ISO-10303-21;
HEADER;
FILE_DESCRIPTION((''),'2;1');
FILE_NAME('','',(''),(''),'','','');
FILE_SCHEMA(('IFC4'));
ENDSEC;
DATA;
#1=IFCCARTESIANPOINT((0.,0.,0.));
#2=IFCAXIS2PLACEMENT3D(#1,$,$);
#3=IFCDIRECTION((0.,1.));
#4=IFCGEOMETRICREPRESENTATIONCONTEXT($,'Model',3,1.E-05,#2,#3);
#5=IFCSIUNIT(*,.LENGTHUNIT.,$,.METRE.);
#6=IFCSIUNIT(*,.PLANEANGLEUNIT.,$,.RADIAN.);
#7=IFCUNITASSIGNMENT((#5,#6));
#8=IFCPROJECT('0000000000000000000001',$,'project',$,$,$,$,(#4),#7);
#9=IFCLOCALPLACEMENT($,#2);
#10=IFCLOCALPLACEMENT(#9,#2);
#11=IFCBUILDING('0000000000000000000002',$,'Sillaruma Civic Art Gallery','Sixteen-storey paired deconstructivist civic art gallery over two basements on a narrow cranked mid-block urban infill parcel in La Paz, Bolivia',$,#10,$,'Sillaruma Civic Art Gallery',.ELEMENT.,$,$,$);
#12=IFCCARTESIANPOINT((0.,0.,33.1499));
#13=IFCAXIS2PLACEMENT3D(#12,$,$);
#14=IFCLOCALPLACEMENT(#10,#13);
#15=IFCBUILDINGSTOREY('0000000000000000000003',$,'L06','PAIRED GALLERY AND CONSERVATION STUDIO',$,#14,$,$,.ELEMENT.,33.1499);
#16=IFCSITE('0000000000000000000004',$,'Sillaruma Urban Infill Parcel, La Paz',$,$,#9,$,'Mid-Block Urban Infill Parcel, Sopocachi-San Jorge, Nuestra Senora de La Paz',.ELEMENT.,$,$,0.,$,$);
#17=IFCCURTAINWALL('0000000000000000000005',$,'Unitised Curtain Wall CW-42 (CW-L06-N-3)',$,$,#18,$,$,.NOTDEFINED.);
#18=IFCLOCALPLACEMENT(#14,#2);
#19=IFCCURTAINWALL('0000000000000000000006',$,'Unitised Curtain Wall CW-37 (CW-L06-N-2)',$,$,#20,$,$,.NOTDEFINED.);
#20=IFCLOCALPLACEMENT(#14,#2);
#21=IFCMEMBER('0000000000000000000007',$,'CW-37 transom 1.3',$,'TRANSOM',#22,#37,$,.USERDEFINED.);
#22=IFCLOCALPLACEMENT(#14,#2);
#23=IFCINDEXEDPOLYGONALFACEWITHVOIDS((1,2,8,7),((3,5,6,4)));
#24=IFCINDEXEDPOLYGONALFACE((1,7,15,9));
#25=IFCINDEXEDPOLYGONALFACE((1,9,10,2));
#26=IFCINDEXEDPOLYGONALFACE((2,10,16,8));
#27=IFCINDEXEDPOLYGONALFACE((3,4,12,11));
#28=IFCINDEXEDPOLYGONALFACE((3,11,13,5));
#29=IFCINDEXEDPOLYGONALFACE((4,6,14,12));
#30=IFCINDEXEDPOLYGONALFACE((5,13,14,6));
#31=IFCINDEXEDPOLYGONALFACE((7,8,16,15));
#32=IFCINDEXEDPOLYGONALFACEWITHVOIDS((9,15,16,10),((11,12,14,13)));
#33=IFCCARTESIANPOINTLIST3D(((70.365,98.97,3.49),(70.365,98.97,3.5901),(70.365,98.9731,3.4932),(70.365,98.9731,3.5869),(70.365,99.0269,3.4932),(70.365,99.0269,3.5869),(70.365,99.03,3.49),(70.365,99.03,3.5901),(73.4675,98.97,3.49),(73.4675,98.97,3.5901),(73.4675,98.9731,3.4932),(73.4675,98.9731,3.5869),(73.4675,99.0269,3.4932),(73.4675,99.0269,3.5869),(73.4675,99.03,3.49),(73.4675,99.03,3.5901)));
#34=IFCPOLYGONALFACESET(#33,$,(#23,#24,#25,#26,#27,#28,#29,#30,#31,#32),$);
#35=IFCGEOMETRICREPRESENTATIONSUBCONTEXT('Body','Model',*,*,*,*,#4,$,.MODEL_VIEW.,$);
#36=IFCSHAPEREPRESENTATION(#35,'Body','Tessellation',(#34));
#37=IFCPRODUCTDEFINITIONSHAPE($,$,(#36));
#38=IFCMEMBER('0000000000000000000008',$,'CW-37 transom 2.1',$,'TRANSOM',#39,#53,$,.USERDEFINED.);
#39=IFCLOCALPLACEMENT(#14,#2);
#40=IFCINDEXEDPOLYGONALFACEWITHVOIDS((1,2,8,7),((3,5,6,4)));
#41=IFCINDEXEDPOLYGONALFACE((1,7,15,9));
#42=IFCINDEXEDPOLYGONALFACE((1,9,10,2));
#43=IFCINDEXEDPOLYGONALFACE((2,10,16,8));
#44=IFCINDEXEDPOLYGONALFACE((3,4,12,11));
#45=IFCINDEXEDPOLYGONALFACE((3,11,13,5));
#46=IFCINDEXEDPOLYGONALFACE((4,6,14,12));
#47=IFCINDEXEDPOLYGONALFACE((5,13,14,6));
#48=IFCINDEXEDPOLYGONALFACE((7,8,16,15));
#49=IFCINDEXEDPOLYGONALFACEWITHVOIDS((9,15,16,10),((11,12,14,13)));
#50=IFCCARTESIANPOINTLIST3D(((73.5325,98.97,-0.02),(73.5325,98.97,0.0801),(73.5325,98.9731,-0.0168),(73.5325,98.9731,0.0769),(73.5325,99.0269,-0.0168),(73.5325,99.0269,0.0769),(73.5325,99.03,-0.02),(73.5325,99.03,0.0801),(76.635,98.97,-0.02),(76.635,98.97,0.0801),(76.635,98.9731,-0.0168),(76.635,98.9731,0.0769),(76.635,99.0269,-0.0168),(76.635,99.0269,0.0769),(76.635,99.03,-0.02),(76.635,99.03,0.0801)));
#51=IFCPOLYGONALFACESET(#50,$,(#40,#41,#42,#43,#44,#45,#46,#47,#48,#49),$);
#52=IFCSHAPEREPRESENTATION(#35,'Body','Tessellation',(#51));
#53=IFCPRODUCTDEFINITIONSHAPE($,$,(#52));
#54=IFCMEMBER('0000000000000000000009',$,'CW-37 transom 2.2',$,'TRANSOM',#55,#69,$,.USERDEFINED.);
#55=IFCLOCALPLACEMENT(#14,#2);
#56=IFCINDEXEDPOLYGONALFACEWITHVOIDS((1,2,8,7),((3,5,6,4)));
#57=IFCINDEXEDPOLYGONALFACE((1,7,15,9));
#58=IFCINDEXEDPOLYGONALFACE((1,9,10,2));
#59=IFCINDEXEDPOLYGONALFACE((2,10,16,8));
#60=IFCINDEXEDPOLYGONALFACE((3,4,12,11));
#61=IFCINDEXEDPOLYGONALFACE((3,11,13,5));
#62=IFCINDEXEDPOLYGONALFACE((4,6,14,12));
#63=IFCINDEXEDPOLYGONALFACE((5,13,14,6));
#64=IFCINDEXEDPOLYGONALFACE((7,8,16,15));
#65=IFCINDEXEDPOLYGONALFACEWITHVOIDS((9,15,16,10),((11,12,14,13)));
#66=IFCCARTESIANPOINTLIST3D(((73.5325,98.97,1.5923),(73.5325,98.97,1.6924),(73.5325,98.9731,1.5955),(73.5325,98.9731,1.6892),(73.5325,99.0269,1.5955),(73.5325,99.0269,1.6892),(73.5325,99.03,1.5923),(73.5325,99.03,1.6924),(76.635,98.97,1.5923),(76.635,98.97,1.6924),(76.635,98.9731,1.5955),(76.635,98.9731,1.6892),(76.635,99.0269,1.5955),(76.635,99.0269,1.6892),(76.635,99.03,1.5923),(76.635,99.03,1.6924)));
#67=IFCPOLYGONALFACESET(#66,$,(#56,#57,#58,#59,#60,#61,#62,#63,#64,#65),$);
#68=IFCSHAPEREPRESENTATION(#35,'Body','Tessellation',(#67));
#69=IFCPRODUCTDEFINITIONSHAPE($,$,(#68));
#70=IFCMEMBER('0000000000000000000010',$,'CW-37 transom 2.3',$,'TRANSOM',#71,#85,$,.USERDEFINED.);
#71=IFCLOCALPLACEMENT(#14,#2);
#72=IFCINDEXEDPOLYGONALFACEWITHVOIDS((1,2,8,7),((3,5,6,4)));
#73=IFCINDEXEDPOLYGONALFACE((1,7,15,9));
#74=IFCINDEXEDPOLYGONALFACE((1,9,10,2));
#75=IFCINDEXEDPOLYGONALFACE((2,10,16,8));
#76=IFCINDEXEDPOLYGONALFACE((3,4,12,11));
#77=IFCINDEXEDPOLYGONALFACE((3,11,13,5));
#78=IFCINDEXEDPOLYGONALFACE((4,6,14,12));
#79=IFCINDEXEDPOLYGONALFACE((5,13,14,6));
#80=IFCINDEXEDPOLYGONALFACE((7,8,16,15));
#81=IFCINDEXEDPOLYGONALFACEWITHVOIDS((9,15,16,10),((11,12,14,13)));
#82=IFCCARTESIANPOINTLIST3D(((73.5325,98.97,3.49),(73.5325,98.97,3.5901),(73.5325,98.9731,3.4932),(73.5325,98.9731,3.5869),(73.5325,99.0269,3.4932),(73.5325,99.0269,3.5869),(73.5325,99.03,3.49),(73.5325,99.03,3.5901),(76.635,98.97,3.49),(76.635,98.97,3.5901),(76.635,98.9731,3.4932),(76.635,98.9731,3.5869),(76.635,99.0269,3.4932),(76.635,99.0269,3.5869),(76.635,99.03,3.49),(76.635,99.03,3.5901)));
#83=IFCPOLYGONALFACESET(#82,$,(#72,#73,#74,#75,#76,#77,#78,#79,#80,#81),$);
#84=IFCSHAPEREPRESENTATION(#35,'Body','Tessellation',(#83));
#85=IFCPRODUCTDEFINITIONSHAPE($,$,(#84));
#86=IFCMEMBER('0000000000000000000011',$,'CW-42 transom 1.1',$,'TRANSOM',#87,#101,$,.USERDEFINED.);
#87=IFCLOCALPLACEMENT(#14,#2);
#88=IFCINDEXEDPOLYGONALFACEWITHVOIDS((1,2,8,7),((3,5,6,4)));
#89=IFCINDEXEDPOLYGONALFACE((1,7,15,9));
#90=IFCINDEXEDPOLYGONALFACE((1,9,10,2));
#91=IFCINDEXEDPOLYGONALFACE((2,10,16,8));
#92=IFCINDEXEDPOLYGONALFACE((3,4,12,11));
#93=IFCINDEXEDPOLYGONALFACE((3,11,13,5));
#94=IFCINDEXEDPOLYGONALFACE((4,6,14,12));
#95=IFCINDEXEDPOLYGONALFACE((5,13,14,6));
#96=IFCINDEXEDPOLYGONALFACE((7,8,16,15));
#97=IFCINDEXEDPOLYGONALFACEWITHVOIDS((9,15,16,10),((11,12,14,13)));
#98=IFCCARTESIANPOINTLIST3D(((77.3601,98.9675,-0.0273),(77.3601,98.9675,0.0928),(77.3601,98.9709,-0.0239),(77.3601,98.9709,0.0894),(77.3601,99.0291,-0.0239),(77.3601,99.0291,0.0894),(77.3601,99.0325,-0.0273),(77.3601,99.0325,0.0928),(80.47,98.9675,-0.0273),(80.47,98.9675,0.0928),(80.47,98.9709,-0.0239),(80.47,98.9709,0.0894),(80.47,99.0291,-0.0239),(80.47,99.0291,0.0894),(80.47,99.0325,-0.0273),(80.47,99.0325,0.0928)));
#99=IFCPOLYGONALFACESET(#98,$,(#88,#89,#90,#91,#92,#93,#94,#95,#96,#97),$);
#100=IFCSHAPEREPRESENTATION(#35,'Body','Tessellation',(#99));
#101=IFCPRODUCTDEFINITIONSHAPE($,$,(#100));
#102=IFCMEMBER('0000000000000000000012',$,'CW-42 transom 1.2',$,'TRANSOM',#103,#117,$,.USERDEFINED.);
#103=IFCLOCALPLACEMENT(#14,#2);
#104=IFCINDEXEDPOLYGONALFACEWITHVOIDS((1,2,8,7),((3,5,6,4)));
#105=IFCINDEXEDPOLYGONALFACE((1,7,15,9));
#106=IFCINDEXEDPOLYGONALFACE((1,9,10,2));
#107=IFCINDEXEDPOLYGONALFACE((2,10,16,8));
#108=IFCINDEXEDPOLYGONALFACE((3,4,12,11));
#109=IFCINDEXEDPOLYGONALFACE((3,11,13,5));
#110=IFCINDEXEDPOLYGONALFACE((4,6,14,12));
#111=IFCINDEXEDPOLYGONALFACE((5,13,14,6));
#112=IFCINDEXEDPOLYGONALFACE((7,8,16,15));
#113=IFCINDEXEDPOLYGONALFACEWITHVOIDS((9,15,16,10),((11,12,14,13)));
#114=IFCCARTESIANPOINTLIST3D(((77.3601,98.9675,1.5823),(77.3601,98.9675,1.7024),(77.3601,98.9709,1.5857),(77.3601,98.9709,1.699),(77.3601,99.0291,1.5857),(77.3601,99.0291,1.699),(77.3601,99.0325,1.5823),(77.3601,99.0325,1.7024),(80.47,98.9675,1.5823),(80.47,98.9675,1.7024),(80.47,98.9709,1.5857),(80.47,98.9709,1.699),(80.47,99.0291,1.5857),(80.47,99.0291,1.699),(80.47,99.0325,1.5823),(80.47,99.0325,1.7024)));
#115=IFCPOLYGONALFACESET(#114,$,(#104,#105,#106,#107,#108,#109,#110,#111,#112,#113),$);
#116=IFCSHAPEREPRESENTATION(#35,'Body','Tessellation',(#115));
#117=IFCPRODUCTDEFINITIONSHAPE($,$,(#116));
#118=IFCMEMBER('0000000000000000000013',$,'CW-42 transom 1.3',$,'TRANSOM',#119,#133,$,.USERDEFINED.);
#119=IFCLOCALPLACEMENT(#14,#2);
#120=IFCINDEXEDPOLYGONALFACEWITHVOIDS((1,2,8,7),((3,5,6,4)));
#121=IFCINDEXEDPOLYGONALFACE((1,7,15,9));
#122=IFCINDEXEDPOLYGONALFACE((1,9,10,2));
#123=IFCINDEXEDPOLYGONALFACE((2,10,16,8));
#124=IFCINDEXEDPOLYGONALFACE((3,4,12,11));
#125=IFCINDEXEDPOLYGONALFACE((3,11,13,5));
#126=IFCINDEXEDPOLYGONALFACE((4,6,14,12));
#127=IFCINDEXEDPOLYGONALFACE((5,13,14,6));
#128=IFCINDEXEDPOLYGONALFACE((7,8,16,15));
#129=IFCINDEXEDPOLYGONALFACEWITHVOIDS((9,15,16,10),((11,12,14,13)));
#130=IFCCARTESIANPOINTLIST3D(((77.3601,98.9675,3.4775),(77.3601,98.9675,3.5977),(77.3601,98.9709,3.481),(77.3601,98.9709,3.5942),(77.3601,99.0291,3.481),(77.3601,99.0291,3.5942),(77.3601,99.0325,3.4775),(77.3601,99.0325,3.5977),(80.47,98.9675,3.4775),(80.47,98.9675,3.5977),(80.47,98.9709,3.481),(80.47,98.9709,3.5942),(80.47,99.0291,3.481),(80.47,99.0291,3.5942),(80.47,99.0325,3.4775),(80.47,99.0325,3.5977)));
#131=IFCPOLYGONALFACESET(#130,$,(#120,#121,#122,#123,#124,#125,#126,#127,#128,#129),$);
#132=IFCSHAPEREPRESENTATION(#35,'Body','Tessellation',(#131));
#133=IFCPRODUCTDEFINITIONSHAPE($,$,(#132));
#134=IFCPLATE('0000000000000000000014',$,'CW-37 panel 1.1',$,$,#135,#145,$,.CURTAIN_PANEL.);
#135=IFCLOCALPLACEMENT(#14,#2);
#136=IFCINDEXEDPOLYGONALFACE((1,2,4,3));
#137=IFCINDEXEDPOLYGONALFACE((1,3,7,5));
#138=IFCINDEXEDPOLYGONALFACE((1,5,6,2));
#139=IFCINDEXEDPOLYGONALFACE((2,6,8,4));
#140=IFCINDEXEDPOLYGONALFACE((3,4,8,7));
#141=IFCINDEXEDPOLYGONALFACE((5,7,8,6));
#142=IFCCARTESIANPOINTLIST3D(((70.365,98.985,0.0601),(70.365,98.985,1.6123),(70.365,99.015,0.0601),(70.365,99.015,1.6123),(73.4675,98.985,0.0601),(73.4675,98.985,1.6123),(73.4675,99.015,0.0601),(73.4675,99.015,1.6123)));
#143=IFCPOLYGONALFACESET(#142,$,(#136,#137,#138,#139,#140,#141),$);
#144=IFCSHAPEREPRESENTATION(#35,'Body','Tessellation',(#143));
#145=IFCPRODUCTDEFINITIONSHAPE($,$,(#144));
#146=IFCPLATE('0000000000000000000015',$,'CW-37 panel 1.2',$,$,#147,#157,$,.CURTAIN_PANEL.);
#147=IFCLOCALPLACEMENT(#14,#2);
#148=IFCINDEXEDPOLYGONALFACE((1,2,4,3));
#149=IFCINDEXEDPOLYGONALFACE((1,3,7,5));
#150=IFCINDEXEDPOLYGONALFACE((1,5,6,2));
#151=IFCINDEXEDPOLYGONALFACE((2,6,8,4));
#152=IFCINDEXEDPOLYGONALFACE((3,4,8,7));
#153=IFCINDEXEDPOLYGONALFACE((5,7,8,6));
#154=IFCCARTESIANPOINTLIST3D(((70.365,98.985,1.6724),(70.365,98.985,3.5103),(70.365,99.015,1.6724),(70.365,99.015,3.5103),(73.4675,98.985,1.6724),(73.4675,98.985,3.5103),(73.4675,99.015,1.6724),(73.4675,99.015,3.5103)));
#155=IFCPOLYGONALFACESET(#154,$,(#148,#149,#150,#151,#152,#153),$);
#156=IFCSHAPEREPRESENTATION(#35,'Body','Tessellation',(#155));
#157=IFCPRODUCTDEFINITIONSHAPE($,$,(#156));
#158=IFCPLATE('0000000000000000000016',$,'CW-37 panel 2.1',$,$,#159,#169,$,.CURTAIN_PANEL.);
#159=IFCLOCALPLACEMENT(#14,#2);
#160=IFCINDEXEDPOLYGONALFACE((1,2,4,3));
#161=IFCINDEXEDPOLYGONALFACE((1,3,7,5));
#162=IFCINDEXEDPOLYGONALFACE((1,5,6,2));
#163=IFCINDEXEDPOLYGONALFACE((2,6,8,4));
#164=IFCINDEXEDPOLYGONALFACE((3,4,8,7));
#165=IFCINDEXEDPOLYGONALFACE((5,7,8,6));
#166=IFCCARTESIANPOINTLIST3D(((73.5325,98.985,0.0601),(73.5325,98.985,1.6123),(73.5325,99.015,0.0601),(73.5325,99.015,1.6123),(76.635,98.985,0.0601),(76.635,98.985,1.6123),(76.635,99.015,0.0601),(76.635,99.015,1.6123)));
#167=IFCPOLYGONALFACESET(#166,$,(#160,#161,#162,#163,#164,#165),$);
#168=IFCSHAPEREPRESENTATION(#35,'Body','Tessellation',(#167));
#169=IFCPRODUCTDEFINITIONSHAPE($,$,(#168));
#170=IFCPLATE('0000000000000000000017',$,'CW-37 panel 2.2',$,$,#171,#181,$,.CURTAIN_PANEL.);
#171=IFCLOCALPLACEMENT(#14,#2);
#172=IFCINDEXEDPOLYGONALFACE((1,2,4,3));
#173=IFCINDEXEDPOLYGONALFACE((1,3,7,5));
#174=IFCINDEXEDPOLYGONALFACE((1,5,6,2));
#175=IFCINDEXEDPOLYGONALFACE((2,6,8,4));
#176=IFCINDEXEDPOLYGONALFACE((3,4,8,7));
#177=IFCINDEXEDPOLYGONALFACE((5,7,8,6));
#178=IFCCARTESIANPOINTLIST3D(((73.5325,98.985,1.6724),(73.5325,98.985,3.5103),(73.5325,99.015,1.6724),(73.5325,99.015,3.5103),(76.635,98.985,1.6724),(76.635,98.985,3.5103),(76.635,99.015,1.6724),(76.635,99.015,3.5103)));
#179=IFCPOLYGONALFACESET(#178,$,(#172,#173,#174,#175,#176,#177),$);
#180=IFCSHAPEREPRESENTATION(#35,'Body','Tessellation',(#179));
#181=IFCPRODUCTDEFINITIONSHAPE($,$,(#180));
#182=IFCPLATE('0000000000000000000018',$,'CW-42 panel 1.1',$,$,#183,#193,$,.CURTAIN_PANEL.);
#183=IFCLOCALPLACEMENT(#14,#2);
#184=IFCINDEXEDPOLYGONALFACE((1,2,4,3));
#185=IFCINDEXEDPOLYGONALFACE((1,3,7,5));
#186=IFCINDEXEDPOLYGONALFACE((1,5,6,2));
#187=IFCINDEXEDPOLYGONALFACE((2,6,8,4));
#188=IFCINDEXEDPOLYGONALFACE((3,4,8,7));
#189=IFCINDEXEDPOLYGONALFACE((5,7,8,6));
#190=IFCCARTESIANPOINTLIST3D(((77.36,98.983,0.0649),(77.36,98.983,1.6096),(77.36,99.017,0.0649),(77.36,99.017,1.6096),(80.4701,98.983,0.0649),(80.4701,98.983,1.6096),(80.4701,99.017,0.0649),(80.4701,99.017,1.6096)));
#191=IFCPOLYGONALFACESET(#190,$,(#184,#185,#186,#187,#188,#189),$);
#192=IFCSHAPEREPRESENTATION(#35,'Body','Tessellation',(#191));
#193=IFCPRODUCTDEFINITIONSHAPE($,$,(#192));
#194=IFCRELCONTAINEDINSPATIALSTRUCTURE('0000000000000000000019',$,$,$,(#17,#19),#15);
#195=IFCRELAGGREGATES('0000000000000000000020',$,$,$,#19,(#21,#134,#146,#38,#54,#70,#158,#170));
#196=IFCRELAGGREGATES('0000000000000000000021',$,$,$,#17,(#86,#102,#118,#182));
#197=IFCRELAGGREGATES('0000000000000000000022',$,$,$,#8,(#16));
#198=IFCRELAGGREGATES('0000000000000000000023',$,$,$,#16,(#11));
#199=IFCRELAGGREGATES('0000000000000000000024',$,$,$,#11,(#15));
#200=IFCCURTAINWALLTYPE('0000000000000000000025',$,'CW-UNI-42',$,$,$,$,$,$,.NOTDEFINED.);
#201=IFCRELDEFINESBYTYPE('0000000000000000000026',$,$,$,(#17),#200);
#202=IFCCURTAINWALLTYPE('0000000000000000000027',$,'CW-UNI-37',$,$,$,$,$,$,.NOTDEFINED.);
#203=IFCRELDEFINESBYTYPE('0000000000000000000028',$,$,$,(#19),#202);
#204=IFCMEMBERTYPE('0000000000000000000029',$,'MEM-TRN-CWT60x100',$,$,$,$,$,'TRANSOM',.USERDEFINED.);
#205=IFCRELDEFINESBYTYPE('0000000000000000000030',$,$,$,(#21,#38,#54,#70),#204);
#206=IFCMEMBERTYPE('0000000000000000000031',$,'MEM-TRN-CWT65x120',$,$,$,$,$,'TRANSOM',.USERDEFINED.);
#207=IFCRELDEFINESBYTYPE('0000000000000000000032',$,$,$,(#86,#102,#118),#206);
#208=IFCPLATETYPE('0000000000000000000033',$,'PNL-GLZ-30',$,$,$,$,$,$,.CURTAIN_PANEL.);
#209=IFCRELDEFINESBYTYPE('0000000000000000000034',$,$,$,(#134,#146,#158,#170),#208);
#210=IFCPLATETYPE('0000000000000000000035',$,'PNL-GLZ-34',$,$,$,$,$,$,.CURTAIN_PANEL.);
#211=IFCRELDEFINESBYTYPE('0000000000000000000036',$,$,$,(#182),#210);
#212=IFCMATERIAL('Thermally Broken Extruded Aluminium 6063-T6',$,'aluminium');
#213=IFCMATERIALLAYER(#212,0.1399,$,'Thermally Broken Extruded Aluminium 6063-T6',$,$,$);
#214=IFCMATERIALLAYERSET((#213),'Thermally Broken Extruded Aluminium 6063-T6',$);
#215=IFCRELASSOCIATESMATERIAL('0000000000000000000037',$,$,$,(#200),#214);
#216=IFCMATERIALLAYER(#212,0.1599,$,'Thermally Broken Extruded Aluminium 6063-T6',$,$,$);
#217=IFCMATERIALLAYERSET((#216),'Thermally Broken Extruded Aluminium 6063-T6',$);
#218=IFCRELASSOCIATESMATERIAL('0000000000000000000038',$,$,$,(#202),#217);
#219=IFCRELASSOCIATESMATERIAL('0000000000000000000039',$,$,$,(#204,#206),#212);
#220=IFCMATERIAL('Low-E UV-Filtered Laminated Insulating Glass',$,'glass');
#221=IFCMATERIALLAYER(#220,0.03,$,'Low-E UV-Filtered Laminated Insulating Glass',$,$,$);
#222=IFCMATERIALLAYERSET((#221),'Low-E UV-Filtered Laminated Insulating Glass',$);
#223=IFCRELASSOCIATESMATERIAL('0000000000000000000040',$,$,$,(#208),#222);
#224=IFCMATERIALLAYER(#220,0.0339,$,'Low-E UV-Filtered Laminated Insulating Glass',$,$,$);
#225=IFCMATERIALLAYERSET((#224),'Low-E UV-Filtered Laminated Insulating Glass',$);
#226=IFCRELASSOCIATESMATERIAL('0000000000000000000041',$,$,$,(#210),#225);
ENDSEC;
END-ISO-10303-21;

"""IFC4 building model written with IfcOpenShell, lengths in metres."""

from ifc_helpers import new_model, si_unit, direction, frame, origin, origin_2d, place, context, subcontext, project, spatial, rectangle, hollow_rectangle, extrude, material, layer, layer_set, material_profile, profile_set, type_object, element, aggregate, save


model = new_model("IFC4")

# Units and contexts
model_context = context("Model", 3, precision=1e-05, world=origin(), true_north=direction((0.0, 1.0)))
body_context = subcontext(model_context, "Body", "Model", "MODEL_VIEW")
ifc_project = project(units=[si_unit("LENGTHUNIT", "METRE"), si_unit("PLANEANGLEUNIT", "RADIAN")], contexts=[model_context])

# Site, building, storey
site_placement = place(None, origin())
site = spatial("IfcSite", under=ifc_project, at=site_placement, Name="Sillaruma Urban Infill Parcel, La Paz", LongName="Mid-Block Urban Infill Parcel, Sopocachi-San Jorge, Nuestra Senora de La Paz", CompositionType="ELEMENT", RefElevation=0.0)
building_placement = place(site_placement, origin())
building = spatial("IfcBuilding", under=site, at=building_placement, Name="Sillaruma Civic Art Gallery", Description="Sixteen-storey paired deconstructivist civic art gallery over two basements on a narrow cranked mid-block urban infill parcel in La Paz, Bolivia", LongName="Sillaruma Civic Art Gallery", CompositionType="ELEMENT")
storey_placement = place(building_placement, frame((0.0, 0.0, 33.1499)))
storey = spatial("IfcBuildingStorey", under=building, at=storey_placement, Name="L06", Description="PAIRED GALLERY AND CONSERVATION STUDIO", CompositionType="ELEMENT", Elevation=33.1499)

# Curtain wall
ifc_material_1 = material(Name="Thermally Broken Extruded Aluminium 6063-T6", Category="aluminium")
ifc_layer_1 = layer(ifc_material_1, 0.1399, Name="Thermally Broken Extruded Aluminium 6063-T6")
ifc_layer_set_1 = layer_set([ifc_layer_1], Name="Thermally Broken Extruded Aluminium 6063-T6")
curtain_wall_type_1 = type_object("IfcCurtainWallType", Name="CW-UNI-42", PredefinedType="NOTDEFINED", material=ifc_layer_set_1)
curtain_wall_1_placement = place(storey_placement, origin())
curtain_wall_1 = element("IfcCurtainWall", 1, at=curtain_wall_1_placement, inside=storey, type_object=curtain_wall_type_1, Name="Unitised Curtain Wall CW-42 (CW-L06-N-3)", PredefinedType="NOTDEFINED")

# Curtain wall, members
ifc_layer_2 = layer(ifc_material_1, 0.1599, Name="Thermally Broken Extruded Aluminium 6063-T6")
ifc_layer_set_2 = layer_set([ifc_layer_2], Name="Thermally Broken Extruded Aluminium 6063-T6")
curtain_wall_type_2 = type_object("IfcCurtainWallType", Name="CW-UNI-37", PredefinedType="NOTDEFINED", material=ifc_layer_set_2)
curtain_wall_2_placement = place(storey_placement, origin())
curtain_wall_2 = element("IfcCurtainWall", 2, at=curtain_wall_2_placement, inside=storey, type_object=curtain_wall_type_2, Name="Unitised Curtain Wall CW-37 (CW-L06-N-2)", PredefinedType="NOTDEFINED")
ifc_material_profile_1 = material_profile(ifc_material_1, hollow_rectangle(XDim=0.0601, YDim=0.1001, WallThickness=0.0032, at=origin_2d()), Name="CWT60x100")
ifc_profile_set_1 = profile_set([ifc_material_profile_1], Name="Thermally Broken Extruded Aluminium 6063-T6")
member_type_1 = type_object("IfcMemberType", Name="MEM-TRN-CWT60x100", ElementType="TRANSOM", PredefinedType="USERDEFINED", material=ifc_profile_set_1)
member_1_placement = place(storey_placement, frame((70.365, 99.0, 3.54), z_axis=(1.0, 0.0, 0.0), x_axis=(0.0, 1.0, 0.0)))
member_1 = element("IfcMember", 3, at=member_1_placement, type_object=member_type_1, Name="CW-37 transom 1.3", ObjectType="TRANSOM", PredefinedType="USERDEFINED", context=body_context, shape_type="SweptSolid", body=[
    extrude(hollow_rectangle(XDim=0.0601, YDim=0.1001, WallThickness=0.0032, at=origin_2d()), origin(), (0.0, 0.0, 1.0), 3.1025),
])
member_2_placement = place(storey_placement, frame((73.5325, 99.0, 0.03), z_axis=(1.0, 0.0, 0.0), x_axis=(0.0, 1.0, 0.0)))
member_2 = element("IfcMember", 4, at=member_2_placement, type_object=member_type_1, Name="CW-37 transom 2.1", ObjectType="TRANSOM", PredefinedType="USERDEFINED", context=body_context, shape_type="SweptSolid", body=[
    extrude(hollow_rectangle(XDim=0.0601, YDim=0.1001, WallThickness=0.0032, at=origin_2d()), origin(), (0.0, 0.0, 1.0), 3.1025),
])
member_3_placement = place(storey_placement, frame((73.5325, 99.0, 1.6423), z_axis=(1.0, 0.0, 0.0), x_axis=(0.0, 1.0, 0.0)))
member_3 = element("IfcMember", 5, at=member_3_placement, type_object=member_type_1, Name="CW-37 transom 2.2", ObjectType="TRANSOM", PredefinedType="USERDEFINED", context=body_context, shape_type="SweptSolid", body=[
    extrude(hollow_rectangle(XDim=0.0601, YDim=0.1001, WallThickness=0.0032, at=origin_2d()), origin(), (0.0, 0.0, 1.0), 3.1025),
])
member_4_placement = place(storey_placement, frame((73.5325, 99.0, 3.54), z_axis=(1.0, 0.0, 0.0), x_axis=(0.0, 1.0, 0.0)))
member_4 = element("IfcMember", 6, at=member_4_placement, type_object=member_type_1, Name="CW-37 transom 2.3", ObjectType="TRANSOM", PredefinedType="USERDEFINED", context=body_context, shape_type="SweptSolid", body=[
    extrude(hollow_rectangle(XDim=0.0601, YDim=0.1001, WallThickness=0.0032, at=origin_2d()), origin(), (0.0, 0.0, 1.0), 3.1025),
])

# Members
ifc_material_profile_2 = material_profile(ifc_material_1, hollow_rectangle(XDim=0.0649, YDim=0.1201, WallThickness=0.0034, at=origin_2d()), Name="CWT65x120")
ifc_profile_set_2 = profile_set([ifc_material_profile_2], Name="Thermally Broken Extruded Aluminium 6063-T6")
member_type_2 = type_object("IfcMemberType", Name="MEM-TRN-CWT65x120", ElementType="TRANSOM", PredefinedType="USERDEFINED", material=ifc_profile_set_2)
member_5_placement = place(storey_placement, frame((77.3601, 99.0, 0.0327), z_axis=(1.0, 0.0, 0.0), x_axis=(0.0, 1.0, 0.0)))
member_5 = element("IfcMember", 7, at=member_5_placement, type_object=member_type_2, Name="CW-42 transom 1.1", ObjectType="TRANSOM", PredefinedType="USERDEFINED", context=body_context, shape_type="SweptSolid", body=[
    extrude(hollow_rectangle(XDim=0.0649, YDim=0.1201, WallThickness=0.0034, at=origin_2d()), origin(), (0.0, 0.0, 1.0), 3.1099),
])
member_6_placement = place(storey_placement, frame((77.3601, 99.0, 1.6423), z_axis=(1.0, 0.0, 0.0), x_axis=(0.0, 1.0, 0.0)))
member_6 = element("IfcMember", 8, at=member_6_placement, type_object=member_type_2, Name="CW-42 transom 1.2", ObjectType="TRANSOM", PredefinedType="USERDEFINED", context=body_context, shape_type="SweptSolid", body=[
    extrude(hollow_rectangle(XDim=0.0649, YDim=0.1201, WallThickness=0.0034, at=origin_2d()), origin(), (0.0, 0.0, 1.0), 3.1099),
])
member_7_placement = place(storey_placement, frame((77.3601, 99.0, 3.5376), z_axis=(1.0, 0.0, 0.0), x_axis=(0.0, 1.0, 0.0)))
member_7 = element("IfcMember", 9, at=member_7_placement, type_object=member_type_2, Name="CW-42 transom 1.3", ObjectType="TRANSOM", PredefinedType="USERDEFINED", context=body_context, shape_type="SweptSolid", body=[
    extrude(hollow_rectangle(XDim=0.0649, YDim=0.1201, WallThickness=0.0034, at=origin_2d()), origin(), (0.0, 0.0, 1.0), 3.1099),
])

# Plates
ifc_material_2 = material(Name="Low-E UV-Filtered Laminated Insulating Glass", Category="glass")
ifc_layer_3 = layer(ifc_material_2, 0.03, Name="Low-E UV-Filtered Laminated Insulating Glass")
ifc_layer_set_3 = layer_set([ifc_layer_3], Name="Low-E UV-Filtered Laminated Insulating Glass")
plate_type_1 = type_object("IfcPlateType", Name="PNL-GLZ-30", PredefinedType="CURTAIN_PANEL", material=ifc_layer_set_3)
plate_1_placement = place(storey_placement, frame((71.9163, 99.0, 0.0601), z_axis=(0.0, 0.0, 1.0), x_axis=(1.0, 0.0, 0.0)))
plate_1 = element("IfcPlate", 10, at=plate_1_placement, type_object=plate_type_1, Name="CW-37 panel 1.1", PredefinedType="CURTAIN_PANEL", context=body_context, shape_type="SweptSolid", body=[
    extrude(rectangle(XDim=3.1025, YDim=0.03, at=origin_2d()), origin(), (0.0, 0.0, 1.0), 1.5522),
])
plate_2_placement = place(storey_placement, frame((71.9163, 99.0, 1.6724), z_axis=(0.0, 0.0, 1.0), x_axis=(1.0, 0.0, 0.0)))
plate_2 = element("IfcPlate", 11, at=plate_2_placement, type_object=plate_type_1, Name="CW-37 panel 1.2", PredefinedType="CURTAIN_PANEL", context=body_context, shape_type="SweptSolid", body=[
    extrude(rectangle(XDim=3.1025, YDim=0.03, at=origin_2d()), origin(), (0.0, 0.0, 1.0), 1.8379),
])
plate_3_placement = place(storey_placement, frame((75.0837, 99.0, 0.0601), z_axis=(0.0, 0.0, 1.0), x_axis=(1.0, 0.0, 0.0)))
plate_3 = element("IfcPlate", 12, at=plate_3_placement, type_object=plate_type_1, Name="CW-37 panel 2.1", PredefinedType="CURTAIN_PANEL", context=body_context, shape_type="SweptSolid", body=[
    extrude(rectangle(XDim=3.1025, YDim=0.03, at=origin_2d()), origin(), (0.0, 0.0, 1.0), 1.5522),
])
plate_4_placement = place(storey_placement, frame((75.0837, 99.0, 1.6724), z_axis=(0.0, 0.0, 1.0), x_axis=(1.0, 0.0, 0.0)))
plate_4 = element("IfcPlate", 13, at=plate_4_placement, type_object=plate_type_1, Name="CW-37 panel 2.2", PredefinedType="CURTAIN_PANEL", context=body_context, shape_type="SweptSolid", body=[
    extrude(rectangle(XDim=3.1025, YDim=0.03, at=origin_2d()), origin(), (0.0, 0.0, 1.0), 1.8379),
])
aggregate(curtain_wall_2, [member_1, plate_1, plate_2, member_2, member_3, member_4, plate_3, plate_4])
ifc_layer_4 = layer(ifc_material_2, 0.0339, Name="Low-E UV-Filtered Laminated Insulating Glass")
ifc_layer_set_4 = layer_set([ifc_layer_4], Name="Low-E UV-Filtered Laminated Insulating Glass")
plate_type_2 = type_object("IfcPlateType", Name="PNL-GLZ-34", PredefinedType="CURTAIN_PANEL", material=ifc_layer_set_4)
plate_5_placement = place(storey_placement, frame((78.915, 99.0, 0.0649), z_axis=(0.0, 0.0, 1.0), x_axis=(1.0, 0.0, 0.0)))
plate_5 = element("IfcPlate", 14, at=plate_5_placement, type_object=plate_type_2, Name="CW-42 panel 1.1", PredefinedType="CURTAIN_PANEL", context=body_context, shape_type="SweptSolid", body=[
    extrude(rectangle(XDim=3.1101, YDim=0.0339, at=origin_2d()), origin(), (0.0, 0.0, 1.0), 1.5447),
])
aggregate(curtain_wall_1, [member_5, member_6, member_7, plate_5])

save(model, "model.ifc")
